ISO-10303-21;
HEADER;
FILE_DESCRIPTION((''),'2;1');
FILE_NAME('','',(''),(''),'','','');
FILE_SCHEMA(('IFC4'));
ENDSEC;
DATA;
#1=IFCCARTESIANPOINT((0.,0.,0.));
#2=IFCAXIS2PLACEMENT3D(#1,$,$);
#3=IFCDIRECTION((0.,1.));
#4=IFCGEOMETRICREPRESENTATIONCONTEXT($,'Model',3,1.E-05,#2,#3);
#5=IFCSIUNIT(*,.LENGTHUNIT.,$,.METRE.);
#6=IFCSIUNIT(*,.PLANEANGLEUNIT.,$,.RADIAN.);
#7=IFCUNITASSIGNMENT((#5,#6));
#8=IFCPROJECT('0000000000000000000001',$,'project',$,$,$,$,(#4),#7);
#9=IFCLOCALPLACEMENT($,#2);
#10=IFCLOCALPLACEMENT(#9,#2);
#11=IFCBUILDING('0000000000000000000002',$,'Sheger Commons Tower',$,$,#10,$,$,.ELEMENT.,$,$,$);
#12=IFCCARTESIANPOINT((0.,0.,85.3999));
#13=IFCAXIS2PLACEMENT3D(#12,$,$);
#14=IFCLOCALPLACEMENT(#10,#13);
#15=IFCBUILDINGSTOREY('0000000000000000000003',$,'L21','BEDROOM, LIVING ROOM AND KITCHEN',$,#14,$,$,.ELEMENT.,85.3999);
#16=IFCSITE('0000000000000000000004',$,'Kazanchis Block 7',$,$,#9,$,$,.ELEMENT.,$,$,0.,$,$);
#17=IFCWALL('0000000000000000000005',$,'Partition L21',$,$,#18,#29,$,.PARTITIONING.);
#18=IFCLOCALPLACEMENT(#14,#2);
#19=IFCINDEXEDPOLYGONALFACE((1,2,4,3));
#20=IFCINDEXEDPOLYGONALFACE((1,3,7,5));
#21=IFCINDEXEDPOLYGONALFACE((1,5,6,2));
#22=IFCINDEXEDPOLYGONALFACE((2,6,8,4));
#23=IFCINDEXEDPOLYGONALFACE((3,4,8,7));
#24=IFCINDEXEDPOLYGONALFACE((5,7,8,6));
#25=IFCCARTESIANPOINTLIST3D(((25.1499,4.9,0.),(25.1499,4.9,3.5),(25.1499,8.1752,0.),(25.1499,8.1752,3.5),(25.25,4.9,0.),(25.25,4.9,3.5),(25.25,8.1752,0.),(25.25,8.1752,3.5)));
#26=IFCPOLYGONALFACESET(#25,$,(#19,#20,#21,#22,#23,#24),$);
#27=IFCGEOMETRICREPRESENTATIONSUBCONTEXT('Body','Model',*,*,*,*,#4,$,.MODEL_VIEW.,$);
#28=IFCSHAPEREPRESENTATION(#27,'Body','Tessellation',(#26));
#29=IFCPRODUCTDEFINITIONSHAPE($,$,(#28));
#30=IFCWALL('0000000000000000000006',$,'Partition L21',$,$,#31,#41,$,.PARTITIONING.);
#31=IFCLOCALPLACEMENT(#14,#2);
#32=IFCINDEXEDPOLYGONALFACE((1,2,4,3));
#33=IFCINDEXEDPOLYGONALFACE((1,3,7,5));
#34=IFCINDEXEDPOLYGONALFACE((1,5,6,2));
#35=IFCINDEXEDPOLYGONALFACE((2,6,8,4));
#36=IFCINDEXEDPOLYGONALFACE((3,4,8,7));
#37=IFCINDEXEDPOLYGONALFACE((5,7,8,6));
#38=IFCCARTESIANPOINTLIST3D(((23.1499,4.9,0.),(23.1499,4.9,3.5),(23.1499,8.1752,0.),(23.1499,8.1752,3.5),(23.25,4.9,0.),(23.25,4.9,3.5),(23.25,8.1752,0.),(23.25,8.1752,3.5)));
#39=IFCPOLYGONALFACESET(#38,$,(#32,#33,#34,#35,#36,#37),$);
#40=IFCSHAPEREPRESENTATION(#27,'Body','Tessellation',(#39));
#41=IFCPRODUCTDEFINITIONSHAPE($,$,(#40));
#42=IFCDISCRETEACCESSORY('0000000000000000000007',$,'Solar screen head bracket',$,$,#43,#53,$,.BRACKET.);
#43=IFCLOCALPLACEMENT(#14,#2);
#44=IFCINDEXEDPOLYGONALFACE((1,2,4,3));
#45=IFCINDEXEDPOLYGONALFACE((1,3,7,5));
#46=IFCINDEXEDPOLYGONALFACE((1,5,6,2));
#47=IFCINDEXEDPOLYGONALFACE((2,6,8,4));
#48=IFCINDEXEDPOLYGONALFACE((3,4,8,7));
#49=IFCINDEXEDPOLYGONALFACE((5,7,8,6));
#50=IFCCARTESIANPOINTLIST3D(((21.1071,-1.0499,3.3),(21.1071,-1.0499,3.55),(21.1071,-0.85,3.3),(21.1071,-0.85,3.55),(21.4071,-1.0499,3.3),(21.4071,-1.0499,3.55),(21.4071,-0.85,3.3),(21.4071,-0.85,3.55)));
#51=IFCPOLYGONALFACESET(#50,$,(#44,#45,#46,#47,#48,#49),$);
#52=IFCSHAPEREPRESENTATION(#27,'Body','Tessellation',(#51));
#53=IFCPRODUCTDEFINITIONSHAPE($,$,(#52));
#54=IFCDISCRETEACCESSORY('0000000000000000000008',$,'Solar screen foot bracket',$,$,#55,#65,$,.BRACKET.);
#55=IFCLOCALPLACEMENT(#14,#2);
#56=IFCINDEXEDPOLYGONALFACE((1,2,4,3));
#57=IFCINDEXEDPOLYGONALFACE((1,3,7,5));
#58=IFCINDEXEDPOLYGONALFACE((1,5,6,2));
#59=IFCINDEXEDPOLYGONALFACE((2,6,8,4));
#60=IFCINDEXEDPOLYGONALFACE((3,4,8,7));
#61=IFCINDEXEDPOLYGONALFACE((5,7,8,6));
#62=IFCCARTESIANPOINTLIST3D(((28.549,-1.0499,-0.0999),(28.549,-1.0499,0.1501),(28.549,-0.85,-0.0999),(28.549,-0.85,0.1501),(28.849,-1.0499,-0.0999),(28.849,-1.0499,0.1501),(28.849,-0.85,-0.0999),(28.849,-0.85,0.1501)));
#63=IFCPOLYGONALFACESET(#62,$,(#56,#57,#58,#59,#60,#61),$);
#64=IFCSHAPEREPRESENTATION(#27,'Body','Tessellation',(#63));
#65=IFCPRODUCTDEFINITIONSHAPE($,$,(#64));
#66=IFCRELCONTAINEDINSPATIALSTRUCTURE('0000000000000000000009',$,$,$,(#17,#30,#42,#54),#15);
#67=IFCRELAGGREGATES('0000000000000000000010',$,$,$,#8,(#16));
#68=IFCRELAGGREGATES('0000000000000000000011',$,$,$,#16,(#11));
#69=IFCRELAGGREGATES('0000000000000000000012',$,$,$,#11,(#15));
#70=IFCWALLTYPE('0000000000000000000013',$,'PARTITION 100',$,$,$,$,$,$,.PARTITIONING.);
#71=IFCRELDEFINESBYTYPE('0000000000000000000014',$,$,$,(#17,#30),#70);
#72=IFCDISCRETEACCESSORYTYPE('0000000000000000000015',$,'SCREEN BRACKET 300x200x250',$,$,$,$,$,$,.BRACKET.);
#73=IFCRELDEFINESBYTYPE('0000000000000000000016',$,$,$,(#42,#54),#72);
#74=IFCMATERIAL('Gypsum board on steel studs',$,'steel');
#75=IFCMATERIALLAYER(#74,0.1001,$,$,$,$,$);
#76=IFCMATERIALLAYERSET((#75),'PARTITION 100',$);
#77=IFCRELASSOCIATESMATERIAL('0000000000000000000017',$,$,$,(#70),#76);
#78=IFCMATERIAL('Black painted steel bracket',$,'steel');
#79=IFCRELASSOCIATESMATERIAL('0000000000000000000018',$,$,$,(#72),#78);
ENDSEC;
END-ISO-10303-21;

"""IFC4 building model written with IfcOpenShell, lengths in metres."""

from ifc_helpers import new_model, si_unit, direction, frame, frame_2d, origin, origin_2d, place, context, subcontext, project, spatial, rectangle, extrude, material, layer, layer_set, type_object, element, save


model = new_model("IFC4")

# Units and contexts
model_context = context("Model", 3, precision=1e-05, world=origin(), true_north=direction((0.0, 1.0)))
body_context = subcontext(model_context, "Body", "Model", "MODEL_VIEW")
ifc_project = project(units=[si_unit("LENGTHUNIT", "METRE"), si_unit("PLANEANGLEUNIT", "RADIAN")], contexts=[model_context])

# Site, building, storey
site_placement = place(None, origin())
site = spatial("IfcSite", under=ifc_project, at=site_placement, Name="Kazanchis Block 7", CompositionType="ELEMENT", RefElevation=0.0)
building_placement = place(site_placement, origin())
building = spatial("IfcBuilding", under=site, at=building_placement, Name="Sheger Commons Tower", CompositionType="ELEMENT")
storey_placement = place(building_placement, frame((0.0, 0.0, 85.3999)))
storey = spatial("IfcBuildingStorey", under=building, at=storey_placement, Name="L21", Description="BEDROOM, LIVING ROOM AND KITCHEN", CompositionType="ELEMENT", Elevation=85.3999)

# Shared definitions
ifc_material_1 = material(Name="Gypsum board on steel studs", Category="steel")
ifc_layer_1 = layer(ifc_material_1, 0.1001)
ifc_layer_set_1 = layer_set([ifc_layer_1], Name="PARTITION 100")
wall_type = type_object("IfcWallType", Name="PARTITION 100", PredefinedType="PARTITIONING", material=ifc_layer_set_1)

# Walls
for number, where, z_axis, x_axis, name in (
    (1, (25.2, 4.8999, 0.0), (0.0, 0.0, 1.0), (0.0, 1.0, 0.0), "Partition L21"),
    (2, (23.2, 4.8999, 0.0), (0.0, 0.0, 1.0), (0.0, 1.0, 0.0), "Partition L21"),
):
    element("IfcWall", number, at=place(storey_placement, frame(where, z_axis=z_axis, x_axis=x_axis)), inside=storey, type_object=wall_type, Name=name, PredefinedType="PARTITIONING", context=body_context, shape_type="SweptSolid", body=[
        extrude(rectangle(XDim=3.2751, YDim=0.1001, at=frame_2d((1.6377, 0.0))), origin(), (0.0, 0.0, 1.0), 3.5),
    ])

# Discrete accessories
ifc_material_2 = material(Name="Black painted steel bracket", Category="steel")
discrete_accessory_type = type_object("IfcDiscreteAccessoryType", Name="SCREEN BRACKET 300x200x250", PredefinedType="BRACKET", material=ifc_material_2)
for number, where, z_axis, x_axis, name in (
    (3, (21.2571, -0.95, 3.3), (0.0, 0.0, 1.0), (1.0, 0.0, 0.0), "Solar screen head bracket"),
    (4, (28.699, -0.95, -0.0999), (0.0, 0.0, 1.0), (1.0, 0.0, 0.0), "Solar screen foot bracket"),
):
    element("IfcDiscreteAccessory", number, at=place(storey_placement, frame(where, z_axis=z_axis, x_axis=x_axis)), inside=storey, type_object=discrete_accessory_type, Name=name, PredefinedType="BRACKET", context=body_context, shape_type="SweptSolid", body=[
        extrude(rectangle(XDim=0.3, YDim=0.2, at=origin_2d()), origin(), (0.0, 0.0, 1.0), 0.25),
    ])

save(model, "model.ifc")
